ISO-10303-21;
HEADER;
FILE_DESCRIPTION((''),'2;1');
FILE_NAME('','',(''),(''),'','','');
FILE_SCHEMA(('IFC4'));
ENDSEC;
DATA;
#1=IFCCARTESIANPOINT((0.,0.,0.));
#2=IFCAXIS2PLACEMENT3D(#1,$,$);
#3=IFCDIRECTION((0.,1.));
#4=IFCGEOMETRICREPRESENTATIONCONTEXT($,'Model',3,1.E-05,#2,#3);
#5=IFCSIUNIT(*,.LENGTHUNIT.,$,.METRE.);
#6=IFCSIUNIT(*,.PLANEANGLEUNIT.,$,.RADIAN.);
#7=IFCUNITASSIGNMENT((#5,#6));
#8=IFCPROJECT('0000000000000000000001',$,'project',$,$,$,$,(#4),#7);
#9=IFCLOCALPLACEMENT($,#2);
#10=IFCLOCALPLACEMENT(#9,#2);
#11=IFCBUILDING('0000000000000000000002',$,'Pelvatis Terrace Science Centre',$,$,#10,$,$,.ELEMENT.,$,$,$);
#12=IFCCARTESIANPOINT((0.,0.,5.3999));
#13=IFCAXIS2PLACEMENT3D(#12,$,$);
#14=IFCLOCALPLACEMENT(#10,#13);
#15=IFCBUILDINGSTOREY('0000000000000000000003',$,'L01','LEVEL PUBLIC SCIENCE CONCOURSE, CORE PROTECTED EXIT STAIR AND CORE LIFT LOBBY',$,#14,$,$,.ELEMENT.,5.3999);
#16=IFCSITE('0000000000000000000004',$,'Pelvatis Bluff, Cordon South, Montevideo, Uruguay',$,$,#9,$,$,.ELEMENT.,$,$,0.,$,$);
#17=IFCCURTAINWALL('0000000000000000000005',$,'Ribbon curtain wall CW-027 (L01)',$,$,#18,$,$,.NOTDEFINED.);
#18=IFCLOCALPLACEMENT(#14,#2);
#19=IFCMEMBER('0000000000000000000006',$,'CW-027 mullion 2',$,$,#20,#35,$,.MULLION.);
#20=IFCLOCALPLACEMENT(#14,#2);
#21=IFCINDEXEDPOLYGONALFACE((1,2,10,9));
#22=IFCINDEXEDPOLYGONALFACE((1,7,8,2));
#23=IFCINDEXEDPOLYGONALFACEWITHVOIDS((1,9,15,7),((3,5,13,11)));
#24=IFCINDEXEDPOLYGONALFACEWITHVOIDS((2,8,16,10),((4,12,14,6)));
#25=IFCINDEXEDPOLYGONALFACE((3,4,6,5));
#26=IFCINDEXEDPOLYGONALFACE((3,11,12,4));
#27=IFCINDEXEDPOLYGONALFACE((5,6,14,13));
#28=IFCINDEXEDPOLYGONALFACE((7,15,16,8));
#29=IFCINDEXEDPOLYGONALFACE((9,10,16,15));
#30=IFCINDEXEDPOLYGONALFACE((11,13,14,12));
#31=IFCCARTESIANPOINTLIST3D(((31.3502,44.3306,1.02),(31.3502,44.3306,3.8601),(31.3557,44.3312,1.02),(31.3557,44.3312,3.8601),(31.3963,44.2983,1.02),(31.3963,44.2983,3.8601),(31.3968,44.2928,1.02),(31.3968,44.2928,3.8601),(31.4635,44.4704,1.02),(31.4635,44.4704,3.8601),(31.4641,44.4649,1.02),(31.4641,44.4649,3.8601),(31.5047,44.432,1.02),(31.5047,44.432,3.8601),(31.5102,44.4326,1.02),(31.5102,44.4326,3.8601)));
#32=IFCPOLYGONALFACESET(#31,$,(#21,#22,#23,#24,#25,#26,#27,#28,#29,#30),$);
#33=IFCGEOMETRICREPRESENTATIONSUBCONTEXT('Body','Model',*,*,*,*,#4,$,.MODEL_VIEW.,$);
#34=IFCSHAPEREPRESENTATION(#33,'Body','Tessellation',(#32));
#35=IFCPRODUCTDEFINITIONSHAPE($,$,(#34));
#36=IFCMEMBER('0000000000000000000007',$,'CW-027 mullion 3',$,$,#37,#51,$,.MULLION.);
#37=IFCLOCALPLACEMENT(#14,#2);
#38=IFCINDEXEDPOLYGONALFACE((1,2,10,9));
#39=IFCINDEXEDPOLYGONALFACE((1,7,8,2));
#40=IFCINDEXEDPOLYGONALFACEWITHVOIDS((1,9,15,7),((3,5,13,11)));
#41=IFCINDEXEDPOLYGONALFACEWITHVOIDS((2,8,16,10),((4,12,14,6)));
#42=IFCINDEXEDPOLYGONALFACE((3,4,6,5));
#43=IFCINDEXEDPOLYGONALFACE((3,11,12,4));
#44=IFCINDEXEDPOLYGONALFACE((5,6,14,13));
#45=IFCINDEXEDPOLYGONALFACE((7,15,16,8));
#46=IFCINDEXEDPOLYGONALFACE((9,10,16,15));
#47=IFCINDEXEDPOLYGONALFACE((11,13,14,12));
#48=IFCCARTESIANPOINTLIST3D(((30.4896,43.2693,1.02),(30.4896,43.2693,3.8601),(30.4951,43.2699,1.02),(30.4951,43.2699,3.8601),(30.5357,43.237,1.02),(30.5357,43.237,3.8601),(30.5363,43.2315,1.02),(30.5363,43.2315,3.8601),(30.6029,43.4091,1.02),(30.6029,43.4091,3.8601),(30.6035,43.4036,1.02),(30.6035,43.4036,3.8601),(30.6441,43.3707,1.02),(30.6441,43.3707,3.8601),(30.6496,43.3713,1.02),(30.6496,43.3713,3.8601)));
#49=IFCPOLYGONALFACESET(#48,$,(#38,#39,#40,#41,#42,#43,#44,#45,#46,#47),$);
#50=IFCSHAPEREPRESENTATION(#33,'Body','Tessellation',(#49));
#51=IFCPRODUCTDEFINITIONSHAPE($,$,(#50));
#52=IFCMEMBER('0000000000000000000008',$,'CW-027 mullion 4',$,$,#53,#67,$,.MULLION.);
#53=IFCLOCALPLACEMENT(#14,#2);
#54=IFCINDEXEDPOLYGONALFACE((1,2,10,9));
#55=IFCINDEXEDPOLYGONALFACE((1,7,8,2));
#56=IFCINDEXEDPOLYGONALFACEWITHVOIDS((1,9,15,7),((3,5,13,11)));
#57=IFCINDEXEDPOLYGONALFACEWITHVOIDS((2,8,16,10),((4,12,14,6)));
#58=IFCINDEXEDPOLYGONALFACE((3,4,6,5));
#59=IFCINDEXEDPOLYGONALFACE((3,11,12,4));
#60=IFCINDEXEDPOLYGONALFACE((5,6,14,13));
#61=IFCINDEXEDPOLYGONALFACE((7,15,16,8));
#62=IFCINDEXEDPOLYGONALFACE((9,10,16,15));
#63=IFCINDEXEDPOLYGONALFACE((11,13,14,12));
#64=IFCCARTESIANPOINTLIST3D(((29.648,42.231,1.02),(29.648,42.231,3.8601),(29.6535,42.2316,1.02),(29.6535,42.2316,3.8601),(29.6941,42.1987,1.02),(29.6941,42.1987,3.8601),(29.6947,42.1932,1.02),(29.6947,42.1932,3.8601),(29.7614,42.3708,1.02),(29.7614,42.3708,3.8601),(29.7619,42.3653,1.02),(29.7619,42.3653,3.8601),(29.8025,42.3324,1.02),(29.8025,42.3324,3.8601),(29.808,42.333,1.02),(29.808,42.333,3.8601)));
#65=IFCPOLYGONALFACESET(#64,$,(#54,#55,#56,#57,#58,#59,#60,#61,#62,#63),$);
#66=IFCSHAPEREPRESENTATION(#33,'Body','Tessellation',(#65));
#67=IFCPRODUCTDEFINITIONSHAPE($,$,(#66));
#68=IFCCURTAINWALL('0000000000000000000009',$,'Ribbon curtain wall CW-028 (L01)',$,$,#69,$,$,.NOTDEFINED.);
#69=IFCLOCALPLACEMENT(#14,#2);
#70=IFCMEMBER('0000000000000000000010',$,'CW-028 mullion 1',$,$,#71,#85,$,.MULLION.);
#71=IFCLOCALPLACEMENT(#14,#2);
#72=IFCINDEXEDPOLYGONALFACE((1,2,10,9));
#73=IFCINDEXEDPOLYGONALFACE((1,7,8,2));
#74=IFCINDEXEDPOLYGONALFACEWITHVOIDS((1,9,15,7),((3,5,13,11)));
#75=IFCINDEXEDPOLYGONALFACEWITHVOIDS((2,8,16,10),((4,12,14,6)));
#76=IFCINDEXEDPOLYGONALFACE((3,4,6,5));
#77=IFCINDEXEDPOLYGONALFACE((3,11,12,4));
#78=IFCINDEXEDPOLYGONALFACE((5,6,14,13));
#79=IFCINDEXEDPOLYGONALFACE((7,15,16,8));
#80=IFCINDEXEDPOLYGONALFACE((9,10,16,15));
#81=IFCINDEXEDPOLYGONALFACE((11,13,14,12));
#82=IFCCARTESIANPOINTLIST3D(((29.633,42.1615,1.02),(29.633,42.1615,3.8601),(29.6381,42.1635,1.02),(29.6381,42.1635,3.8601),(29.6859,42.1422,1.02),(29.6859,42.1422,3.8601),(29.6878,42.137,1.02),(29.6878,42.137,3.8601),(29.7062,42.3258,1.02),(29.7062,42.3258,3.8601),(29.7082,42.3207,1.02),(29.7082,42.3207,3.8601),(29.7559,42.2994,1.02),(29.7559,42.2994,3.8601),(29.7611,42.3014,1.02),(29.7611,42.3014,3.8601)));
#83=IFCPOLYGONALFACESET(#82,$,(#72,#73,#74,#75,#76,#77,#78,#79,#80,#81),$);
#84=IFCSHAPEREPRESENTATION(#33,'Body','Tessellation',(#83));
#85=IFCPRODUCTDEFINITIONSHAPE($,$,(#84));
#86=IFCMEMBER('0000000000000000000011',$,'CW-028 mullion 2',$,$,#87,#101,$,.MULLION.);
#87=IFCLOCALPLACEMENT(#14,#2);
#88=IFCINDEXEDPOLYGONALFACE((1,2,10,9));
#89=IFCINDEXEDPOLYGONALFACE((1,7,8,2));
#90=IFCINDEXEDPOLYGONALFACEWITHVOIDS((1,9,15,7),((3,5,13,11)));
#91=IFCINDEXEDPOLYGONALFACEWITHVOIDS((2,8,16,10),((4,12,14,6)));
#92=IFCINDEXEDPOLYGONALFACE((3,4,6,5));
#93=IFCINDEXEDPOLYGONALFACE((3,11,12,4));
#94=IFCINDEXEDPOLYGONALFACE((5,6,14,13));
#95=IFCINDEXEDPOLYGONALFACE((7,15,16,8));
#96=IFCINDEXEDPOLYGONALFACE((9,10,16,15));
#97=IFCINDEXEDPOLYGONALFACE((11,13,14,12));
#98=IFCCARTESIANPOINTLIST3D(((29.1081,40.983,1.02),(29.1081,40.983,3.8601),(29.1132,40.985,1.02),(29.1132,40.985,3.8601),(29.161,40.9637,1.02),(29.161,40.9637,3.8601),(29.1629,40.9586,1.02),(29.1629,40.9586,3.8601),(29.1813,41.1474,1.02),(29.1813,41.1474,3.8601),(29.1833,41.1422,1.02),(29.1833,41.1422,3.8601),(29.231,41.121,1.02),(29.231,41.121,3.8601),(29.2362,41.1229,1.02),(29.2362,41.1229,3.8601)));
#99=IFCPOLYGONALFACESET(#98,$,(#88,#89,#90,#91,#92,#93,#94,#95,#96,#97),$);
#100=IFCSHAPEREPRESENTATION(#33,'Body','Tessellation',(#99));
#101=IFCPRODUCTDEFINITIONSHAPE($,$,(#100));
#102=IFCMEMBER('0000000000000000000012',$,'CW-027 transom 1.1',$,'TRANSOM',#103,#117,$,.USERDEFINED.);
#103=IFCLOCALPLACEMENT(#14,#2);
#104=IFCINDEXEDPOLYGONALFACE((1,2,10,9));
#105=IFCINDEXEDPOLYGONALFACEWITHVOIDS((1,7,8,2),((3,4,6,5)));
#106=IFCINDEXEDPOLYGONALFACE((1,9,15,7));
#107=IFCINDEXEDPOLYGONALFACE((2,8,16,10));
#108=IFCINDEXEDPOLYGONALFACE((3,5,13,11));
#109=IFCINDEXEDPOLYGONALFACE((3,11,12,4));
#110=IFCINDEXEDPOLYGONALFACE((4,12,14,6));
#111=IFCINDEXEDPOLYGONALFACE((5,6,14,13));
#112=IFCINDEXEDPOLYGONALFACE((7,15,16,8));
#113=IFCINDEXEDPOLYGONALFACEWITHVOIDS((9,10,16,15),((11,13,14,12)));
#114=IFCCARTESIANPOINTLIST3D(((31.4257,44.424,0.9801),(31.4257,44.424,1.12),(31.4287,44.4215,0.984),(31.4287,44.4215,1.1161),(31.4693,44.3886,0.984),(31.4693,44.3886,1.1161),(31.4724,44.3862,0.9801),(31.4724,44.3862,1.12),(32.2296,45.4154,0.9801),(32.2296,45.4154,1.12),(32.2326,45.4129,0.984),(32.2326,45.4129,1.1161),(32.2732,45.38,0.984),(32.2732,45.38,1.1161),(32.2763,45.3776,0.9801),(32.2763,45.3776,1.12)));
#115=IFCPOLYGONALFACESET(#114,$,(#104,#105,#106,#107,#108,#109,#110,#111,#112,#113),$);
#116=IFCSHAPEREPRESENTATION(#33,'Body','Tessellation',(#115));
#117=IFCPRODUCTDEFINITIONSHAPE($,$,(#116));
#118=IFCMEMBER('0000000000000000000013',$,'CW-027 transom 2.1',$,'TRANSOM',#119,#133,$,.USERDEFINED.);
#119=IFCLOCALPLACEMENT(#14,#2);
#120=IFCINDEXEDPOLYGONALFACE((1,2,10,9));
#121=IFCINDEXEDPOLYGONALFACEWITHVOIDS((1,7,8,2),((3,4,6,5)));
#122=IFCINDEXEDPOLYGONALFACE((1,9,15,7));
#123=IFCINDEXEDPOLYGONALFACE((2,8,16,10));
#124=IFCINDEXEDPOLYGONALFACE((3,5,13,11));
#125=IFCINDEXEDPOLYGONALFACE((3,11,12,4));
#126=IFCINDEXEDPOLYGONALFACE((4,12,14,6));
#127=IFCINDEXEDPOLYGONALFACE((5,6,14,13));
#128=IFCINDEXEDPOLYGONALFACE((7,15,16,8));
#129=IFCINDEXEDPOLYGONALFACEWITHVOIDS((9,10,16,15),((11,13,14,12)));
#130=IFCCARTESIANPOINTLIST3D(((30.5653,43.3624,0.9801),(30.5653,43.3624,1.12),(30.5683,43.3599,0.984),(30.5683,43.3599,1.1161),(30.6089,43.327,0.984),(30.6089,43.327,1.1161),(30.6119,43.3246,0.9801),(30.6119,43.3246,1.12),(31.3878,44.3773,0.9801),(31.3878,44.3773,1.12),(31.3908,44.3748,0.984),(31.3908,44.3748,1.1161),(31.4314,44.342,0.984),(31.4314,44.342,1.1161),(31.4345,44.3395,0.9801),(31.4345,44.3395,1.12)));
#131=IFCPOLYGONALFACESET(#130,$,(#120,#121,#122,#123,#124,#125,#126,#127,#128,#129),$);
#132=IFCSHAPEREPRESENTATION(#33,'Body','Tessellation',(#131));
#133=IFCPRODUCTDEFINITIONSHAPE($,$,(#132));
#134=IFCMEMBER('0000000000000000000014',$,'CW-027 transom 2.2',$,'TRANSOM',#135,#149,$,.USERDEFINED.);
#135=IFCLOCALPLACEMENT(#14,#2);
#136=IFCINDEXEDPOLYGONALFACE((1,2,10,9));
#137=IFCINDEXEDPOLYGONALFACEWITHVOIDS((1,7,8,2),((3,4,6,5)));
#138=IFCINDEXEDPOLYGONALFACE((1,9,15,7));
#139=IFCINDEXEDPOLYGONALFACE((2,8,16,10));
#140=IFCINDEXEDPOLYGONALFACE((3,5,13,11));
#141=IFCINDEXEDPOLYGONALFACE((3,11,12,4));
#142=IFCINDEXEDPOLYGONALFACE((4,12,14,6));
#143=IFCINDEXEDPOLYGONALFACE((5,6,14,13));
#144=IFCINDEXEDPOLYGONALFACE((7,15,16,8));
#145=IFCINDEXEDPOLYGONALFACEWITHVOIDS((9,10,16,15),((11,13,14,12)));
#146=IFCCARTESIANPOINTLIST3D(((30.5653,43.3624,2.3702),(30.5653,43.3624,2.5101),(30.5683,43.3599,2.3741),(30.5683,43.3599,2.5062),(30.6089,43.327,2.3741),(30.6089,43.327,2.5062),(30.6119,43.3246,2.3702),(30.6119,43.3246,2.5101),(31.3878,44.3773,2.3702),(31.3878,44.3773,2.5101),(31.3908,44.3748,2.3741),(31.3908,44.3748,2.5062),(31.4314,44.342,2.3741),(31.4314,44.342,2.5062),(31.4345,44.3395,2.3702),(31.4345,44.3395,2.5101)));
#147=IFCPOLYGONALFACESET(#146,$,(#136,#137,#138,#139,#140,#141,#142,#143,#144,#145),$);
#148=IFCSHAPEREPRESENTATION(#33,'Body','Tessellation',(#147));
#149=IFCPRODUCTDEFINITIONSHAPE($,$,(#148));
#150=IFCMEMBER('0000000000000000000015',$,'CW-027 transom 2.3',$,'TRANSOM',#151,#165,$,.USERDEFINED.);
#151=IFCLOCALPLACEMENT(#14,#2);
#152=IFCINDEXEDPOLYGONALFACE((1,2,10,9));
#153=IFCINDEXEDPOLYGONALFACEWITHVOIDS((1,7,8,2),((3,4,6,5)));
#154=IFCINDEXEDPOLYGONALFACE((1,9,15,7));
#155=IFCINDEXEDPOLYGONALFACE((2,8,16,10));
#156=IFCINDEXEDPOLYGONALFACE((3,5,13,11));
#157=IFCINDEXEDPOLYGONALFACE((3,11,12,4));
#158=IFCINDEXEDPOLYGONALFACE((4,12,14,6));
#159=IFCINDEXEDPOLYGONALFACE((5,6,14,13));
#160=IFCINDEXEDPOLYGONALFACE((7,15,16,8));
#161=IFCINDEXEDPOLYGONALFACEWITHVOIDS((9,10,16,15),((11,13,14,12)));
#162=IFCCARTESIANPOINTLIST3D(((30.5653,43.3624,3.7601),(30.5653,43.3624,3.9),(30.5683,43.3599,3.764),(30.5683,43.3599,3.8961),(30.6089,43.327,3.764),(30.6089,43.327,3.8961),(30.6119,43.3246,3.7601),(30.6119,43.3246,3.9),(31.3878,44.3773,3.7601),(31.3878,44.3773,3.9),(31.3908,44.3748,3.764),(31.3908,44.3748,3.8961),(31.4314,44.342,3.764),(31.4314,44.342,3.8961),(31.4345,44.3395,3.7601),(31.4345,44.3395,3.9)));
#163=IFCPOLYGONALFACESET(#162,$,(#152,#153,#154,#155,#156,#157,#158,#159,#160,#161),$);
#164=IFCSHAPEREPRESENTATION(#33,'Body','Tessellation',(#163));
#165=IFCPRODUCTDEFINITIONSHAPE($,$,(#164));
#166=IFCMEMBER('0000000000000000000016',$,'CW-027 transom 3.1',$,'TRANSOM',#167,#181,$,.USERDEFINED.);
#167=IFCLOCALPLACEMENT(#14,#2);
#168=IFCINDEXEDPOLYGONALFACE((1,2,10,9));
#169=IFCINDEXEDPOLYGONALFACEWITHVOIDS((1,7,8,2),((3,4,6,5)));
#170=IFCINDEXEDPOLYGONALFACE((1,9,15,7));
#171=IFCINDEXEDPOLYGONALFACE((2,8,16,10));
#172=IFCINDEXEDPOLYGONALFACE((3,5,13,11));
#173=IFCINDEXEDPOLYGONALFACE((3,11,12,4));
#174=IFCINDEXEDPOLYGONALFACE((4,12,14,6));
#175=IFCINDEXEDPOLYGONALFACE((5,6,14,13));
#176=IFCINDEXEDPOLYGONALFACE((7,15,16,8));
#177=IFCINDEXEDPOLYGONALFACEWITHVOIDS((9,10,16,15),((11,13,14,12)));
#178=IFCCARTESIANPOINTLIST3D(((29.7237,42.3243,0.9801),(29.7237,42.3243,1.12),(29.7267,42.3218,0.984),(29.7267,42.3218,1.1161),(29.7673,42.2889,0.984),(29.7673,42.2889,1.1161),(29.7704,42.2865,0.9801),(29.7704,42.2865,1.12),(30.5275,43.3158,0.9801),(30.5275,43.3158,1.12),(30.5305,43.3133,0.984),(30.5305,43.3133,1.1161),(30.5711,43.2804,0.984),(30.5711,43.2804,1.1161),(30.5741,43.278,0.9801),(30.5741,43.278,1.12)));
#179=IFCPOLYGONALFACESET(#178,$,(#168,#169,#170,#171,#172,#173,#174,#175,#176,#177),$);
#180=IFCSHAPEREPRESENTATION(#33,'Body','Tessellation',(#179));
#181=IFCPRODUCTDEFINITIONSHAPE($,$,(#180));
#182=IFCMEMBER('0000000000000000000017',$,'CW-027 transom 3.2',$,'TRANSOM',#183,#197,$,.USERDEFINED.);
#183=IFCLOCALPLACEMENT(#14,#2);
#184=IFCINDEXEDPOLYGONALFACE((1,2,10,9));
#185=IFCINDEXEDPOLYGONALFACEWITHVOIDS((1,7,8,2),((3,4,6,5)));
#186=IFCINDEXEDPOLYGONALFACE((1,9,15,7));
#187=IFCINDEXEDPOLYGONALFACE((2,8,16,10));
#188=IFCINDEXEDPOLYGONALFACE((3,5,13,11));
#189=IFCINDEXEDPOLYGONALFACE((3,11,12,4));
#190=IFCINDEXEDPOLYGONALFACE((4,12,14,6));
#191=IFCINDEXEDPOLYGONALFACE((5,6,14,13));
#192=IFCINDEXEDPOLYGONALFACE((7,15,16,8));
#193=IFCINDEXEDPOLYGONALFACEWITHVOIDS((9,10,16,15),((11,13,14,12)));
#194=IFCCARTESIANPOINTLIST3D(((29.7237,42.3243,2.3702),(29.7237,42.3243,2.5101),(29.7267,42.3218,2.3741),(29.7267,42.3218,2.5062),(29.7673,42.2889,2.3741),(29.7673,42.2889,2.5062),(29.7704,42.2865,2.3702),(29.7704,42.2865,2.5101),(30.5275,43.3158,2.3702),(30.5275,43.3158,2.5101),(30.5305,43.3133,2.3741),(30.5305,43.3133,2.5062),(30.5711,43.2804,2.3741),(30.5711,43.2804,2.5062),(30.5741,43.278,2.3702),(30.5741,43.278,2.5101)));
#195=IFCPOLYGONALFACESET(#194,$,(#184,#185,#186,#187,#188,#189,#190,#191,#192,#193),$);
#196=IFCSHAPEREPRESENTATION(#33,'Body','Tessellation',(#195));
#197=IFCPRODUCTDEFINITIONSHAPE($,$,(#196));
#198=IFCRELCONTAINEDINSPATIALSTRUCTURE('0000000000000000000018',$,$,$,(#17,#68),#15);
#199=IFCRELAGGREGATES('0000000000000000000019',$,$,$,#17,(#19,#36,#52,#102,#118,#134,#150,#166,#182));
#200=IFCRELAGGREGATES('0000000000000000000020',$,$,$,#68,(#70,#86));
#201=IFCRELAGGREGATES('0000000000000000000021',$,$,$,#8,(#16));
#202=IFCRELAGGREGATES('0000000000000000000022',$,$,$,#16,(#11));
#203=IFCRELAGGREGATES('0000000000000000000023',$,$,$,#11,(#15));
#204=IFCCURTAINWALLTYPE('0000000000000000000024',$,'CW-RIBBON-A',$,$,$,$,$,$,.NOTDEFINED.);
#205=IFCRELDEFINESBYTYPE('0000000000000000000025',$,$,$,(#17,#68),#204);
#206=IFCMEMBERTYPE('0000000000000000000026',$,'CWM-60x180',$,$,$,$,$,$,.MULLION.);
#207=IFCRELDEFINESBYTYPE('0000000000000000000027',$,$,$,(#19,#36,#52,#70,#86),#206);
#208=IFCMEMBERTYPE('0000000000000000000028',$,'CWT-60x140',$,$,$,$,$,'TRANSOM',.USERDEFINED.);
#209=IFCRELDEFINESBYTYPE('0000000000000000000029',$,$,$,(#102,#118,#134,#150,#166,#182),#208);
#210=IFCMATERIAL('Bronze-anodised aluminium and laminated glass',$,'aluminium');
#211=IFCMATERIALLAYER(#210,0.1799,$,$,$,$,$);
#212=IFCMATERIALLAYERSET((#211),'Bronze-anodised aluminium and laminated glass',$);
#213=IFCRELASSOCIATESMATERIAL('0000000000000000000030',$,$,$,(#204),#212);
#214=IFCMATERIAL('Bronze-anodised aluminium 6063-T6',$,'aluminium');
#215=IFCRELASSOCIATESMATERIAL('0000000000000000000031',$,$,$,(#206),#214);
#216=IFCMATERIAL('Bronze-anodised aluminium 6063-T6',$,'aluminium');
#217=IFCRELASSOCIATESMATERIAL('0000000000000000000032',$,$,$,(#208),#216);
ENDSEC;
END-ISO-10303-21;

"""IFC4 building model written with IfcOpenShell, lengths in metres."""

from ifc_helpers import new_model, si_unit, direction, frame, origin, origin_2d, place, context, subcontext, project, spatial, hollow_rectangle, extrude, material, layer, layer_set, material_profile, profile_set, type_object, element, aggregate, save


model = new_model("IFC4")

# Units and contexts
model_context = context("Model", 3, precision=1e-05, world=origin(), true_north=direction((0.0, 1.0)))
body_context = subcontext(model_context, "Body", "Model", "MODEL_VIEW")
ifc_project = project(units=[si_unit("LENGTHUNIT", "METRE"), si_unit("PLANEANGLEUNIT", "RADIAN")], contexts=[model_context])

# Site, building, storey
site_placement = place(None, origin())
site = spatial("IfcSite", under=ifc_project, at=site_placement, Name="Pelvatis Bluff, Cordon South, Montevideo, Uruguay", CompositionType="ELEMENT", RefElevation=0.0)
building_placement = place(site_placement, origin())
building = spatial("IfcBuilding", under=site, at=building_placement, Name="Pelvatis Terrace Science Centre", CompositionType="ELEMENT")
storey_placement = place(building_placement, frame((0.0, 0.0, 5.3999)))
storey = spatial("IfcBuildingStorey", under=building, at=storey_placement, Name="L01", Description="LEVEL PUBLIC SCIENCE CONCOURSE, CORE PROTECTED EXIT STAIR AND CORE LIFT LOBBY", CompositionType="ELEMENT", Elevation=5.3999)

# Curtain walls, members
ifc_material_1 = material(Name="Bronze-anodised aluminium and laminated glass", Category="aluminium")
ifc_layer_1 = layer(ifc_material_1, 0.1799)
ifc_layer_set_1 = layer_set([ifc_layer_1], Name="Bronze-anodised aluminium and laminated glass")
curtain_wall_type = type_object("IfcCurtainWallType", Name="CW-RIBBON-A", PredefinedType="NOTDEFINED", material=ifc_layer_set_1)
curtain_wall_1_placement = place(storey_placement, origin())
curtain_wall_1 = element("IfcCurtainWall", 1, at=curtain_wall_1_placement, inside=storey, type_object=curtain_wall_type, Name="Ribbon curtain wall CW-027 (L01)", PredefinedType="NOTDEFINED")
ifc_material_2 = material(Name="Bronze-anodised aluminium 6063-T6", Category="aluminium")
ifc_material_profile_1 = material_profile(ifc_material_2, hollow_rectangle(XDim=0.0601, YDim=0.1799, WallThickness=0.0039, at=origin_2d()), Name="ALU-MUL 60x180")
ifc_profile_set_1 = profile_set([ifc_material_profile_1], Name="Bronze-anodised aluminium 6063-T6")
member_type_1 = type_object("IfcMemberType", Name="CWM-60x180", PredefinedType="MULLION", material=ifc_profile_set_1)
member_1_placement = place(storey_placement, frame((31.4302, 44.3816, 1.02), z_axis=(0.0, 0.0, 1.0), x_axis=(0.776811, -0.629734, 0.0)))
member_1 = element("IfcMember", 2, at=member_1_placement, type_object=member_type_1, Name="CW-027 mullion 2", PredefinedType="MULLION", context=body_context, shape_type="SweptSolid", body=[
    extrude(hollow_rectangle(XDim=0.0601, YDim=0.1799, WallThickness=0.0039, at=origin_2d()), origin(), (0.0, 0.0, 1.0), 2.8401),
])
member_2_placement = place(storey_placement, frame((30.5696, 43.3203, 1.02), z_axis=(0.0, 0.0, 1.0), x_axis=(0.776811, -0.629734, 0.0)))
member_2 = element("IfcMember", 3, at=member_2_placement, type_object=member_type_1, Name="CW-027 mullion 3", PredefinedType="MULLION", context=body_context, shape_type="SweptSolid", body=[
    extrude(hollow_rectangle(XDim=0.0601, YDim=0.1799, WallThickness=0.0039, at=origin_2d()), origin(), (0.0, 0.0, 1.0), 2.8401),
])
member_3_placement = place(storey_placement, frame((29.728, 42.282, 1.02), z_axis=(0.0, 0.0, 1.0), x_axis=(0.776811, -0.629734, 0.0)))
member_3 = element("IfcMember", 4, at=member_3_placement, type_object=member_type_1, Name="CW-027 mullion 4", PredefinedType="MULLION", context=body_context, shape_type="SweptSolid", body=[
    extrude(hollow_rectangle(XDim=0.0601, YDim=0.1799, WallThickness=0.0039, at=origin_2d()), origin(), (0.0, 0.0, 1.0), 2.8401),
])
curtain_wall_2_placement = place(storey_placement, origin())
curtain_wall_2 = element("IfcCurtainWall", 5, at=curtain_wall_2_placement, inside=storey, type_object=curtain_wall_type, Name="Ribbon curtain wall CW-028 (L01)", PredefinedType="NOTDEFINED")
member_4_placement = place(storey_placement, frame((29.697, 42.2314, 1.02), z_axis=(0.0, 0.0, 1.0), x_axis=(0.913475, -0.406895, 0.0)))
member_4 = element("IfcMember", 6, at=member_4_placement, type_object=member_type_1, Name="CW-028 mullion 1", PredefinedType="MULLION", context=body_context, shape_type="SweptSolid", body=[
    extrude(hollow_rectangle(XDim=0.0601, YDim=0.1799, WallThickness=0.0039, at=origin_2d()), origin(), (0.0, 0.0, 1.0), 2.8401),
])
member_5_placement = place(storey_placement, frame((29.1721, 41.053, 1.02), z_axis=(0.0, 0.0, 1.0), x_axis=(0.913475, -0.406895, 0.0)))
member_5 = element("IfcMember", 7, at=member_5_placement, type_object=member_type_1, Name="CW-028 mullion 2", PredefinedType="MULLION", context=body_context, shape_type="SweptSolid", body=[
    extrude(hollow_rectangle(XDim=0.0601, YDim=0.1799, WallThickness=0.0039, at=origin_2d()), origin(), (0.0, 0.0, 1.0), 2.8401),
])

# Members
ifc_material_3 = material(Name="Bronze-anodised aluminium 6063-T6", Category="aluminium")
ifc_material_profile_2 = material_profile(ifc_material_3, hollow_rectangle(XDim=0.0601, YDim=0.1399, WallThickness=0.0039, at=origin_2d()), Name="ALU-TRN 60x140")
ifc_profile_set_2 = profile_set([ifc_material_profile_2], Name="Bronze-anodised aluminium 6063-T6")
member_type_2 = type_object("IfcMemberType", Name="CWT-60x140", ElementType="TRANSOM", PredefinedType="USERDEFINED", material=ifc_profile_set_2)
member_6_placement = place(storey_placement, frame((32.2529, 45.3965, 1.05), z_axis=(-0.629836, -0.776728, 0.0), x_axis=(0.776728, -0.629836, 0.0)))
member_6 = element("IfcMember", 8, at=member_6_placement, type_object=member_type_2, Name="CW-027 transom 1.1", ObjectType="TRANSOM", PredefinedType="USERDEFINED", context=body_context, shape_type="SweptSolid", body=[
    extrude(hollow_rectangle(XDim=0.0601, YDim=0.1399, WallThickness=0.0039, at=origin_2d()), origin(), (0.0, 0.0, 1.0), 1.2764),
])
member_7_placement = place(storey_placement, frame((31.4111, 44.3584, 1.05), z_axis=(-0.629628, -0.776897, 0.0), x_axis=(0.776897, -0.629628, 0.0)))
member_7 = element("IfcMember", 9, at=member_7_placement, type_object=member_type_2, Name="CW-027 transom 2.1", ObjectType="TRANSOM", PredefinedType="USERDEFINED", context=body_context, shape_type="SweptSolid", body=[
    extrude(hollow_rectangle(XDim=0.0601, YDim=0.1399, WallThickness=0.0039, at=origin_2d()), origin(), (0.0, 0.0, 1.0), 1.3064),
])
member_8_placement = place(storey_placement, frame((31.4111, 44.3584, 2.4402), z_axis=(-0.629628, -0.776897, 0.0), x_axis=(0.776897, -0.629628, 0.0)))
member_8 = element("IfcMember", 10, at=member_8_placement, type_object=member_type_2, Name="CW-027 transom 2.2", ObjectType="TRANSOM", PredefinedType="USERDEFINED", context=body_context, shape_type="SweptSolid", body=[
    extrude(hollow_rectangle(XDim=0.0601, YDim=0.1399, WallThickness=0.0039, at=origin_2d()), origin(), (0.0, 0.0, 1.0), 1.3064),
])
member_9_placement = place(storey_placement, frame((31.4111, 44.3584, 3.8301), z_axis=(-0.629628, -0.776897, 0.0), x_axis=(0.776897, -0.629628, 0.0)))
member_9 = element("IfcMember", 11, at=member_9_placement, type_object=member_type_2, Name="CW-027 transom 2.3", ObjectType="TRANSOM", PredefinedType="USERDEFINED", context=body_context, shape_type="SweptSolid", body=[
    extrude(hollow_rectangle(XDim=0.0601, YDim=0.1399, WallThickness=0.0039, at=origin_2d()), origin(), (0.0, 0.0, 1.0), 1.3064),
])
member_10_placement = place(storey_placement, frame((30.5508, 43.2969, 1.05), z_axis=(-0.629721, -0.776822, 0.0), x_axis=(0.776822, -0.629721, 0.0)))
member_10 = element("IfcMember", 12, at=member_10_placement, type_object=member_type_2, Name="CW-027 transom 3.1", ObjectType="TRANSOM", PredefinedType="USERDEFINED", context=body_context, shape_type="SweptSolid", body=[
    extrude(hollow_rectangle(XDim=0.0601, YDim=0.1399, WallThickness=0.0039, at=origin_2d()), origin(), (0.0, 0.0, 1.0), 1.2764),
])
member_11_placement = place(storey_placement, frame((30.5508, 43.2969, 2.4402), z_axis=(-0.629721, -0.776822, 0.0), x_axis=(0.776822, -0.629721, 0.0)))
member_11 = element("IfcMember", 13, at=member_11_placement, type_object=member_type_2, Name="CW-027 transom 3.2", ObjectType="TRANSOM", PredefinedType="USERDEFINED", context=body_context, shape_type="SweptSolid", body=[
    extrude(hollow_rectangle(XDim=0.0601, YDim=0.1399, WallThickness=0.0039, at=origin_2d()), origin(), (0.0, 0.0, 1.0), 1.2764),
])

aggregate(curtain_wall_1, [member_1, member_2, member_3, member_6, member_7, member_8, member_9, member_10, member_11])
aggregate(curtain_wall_2, [member_4, member_5])

save(model, "model.ifc")
